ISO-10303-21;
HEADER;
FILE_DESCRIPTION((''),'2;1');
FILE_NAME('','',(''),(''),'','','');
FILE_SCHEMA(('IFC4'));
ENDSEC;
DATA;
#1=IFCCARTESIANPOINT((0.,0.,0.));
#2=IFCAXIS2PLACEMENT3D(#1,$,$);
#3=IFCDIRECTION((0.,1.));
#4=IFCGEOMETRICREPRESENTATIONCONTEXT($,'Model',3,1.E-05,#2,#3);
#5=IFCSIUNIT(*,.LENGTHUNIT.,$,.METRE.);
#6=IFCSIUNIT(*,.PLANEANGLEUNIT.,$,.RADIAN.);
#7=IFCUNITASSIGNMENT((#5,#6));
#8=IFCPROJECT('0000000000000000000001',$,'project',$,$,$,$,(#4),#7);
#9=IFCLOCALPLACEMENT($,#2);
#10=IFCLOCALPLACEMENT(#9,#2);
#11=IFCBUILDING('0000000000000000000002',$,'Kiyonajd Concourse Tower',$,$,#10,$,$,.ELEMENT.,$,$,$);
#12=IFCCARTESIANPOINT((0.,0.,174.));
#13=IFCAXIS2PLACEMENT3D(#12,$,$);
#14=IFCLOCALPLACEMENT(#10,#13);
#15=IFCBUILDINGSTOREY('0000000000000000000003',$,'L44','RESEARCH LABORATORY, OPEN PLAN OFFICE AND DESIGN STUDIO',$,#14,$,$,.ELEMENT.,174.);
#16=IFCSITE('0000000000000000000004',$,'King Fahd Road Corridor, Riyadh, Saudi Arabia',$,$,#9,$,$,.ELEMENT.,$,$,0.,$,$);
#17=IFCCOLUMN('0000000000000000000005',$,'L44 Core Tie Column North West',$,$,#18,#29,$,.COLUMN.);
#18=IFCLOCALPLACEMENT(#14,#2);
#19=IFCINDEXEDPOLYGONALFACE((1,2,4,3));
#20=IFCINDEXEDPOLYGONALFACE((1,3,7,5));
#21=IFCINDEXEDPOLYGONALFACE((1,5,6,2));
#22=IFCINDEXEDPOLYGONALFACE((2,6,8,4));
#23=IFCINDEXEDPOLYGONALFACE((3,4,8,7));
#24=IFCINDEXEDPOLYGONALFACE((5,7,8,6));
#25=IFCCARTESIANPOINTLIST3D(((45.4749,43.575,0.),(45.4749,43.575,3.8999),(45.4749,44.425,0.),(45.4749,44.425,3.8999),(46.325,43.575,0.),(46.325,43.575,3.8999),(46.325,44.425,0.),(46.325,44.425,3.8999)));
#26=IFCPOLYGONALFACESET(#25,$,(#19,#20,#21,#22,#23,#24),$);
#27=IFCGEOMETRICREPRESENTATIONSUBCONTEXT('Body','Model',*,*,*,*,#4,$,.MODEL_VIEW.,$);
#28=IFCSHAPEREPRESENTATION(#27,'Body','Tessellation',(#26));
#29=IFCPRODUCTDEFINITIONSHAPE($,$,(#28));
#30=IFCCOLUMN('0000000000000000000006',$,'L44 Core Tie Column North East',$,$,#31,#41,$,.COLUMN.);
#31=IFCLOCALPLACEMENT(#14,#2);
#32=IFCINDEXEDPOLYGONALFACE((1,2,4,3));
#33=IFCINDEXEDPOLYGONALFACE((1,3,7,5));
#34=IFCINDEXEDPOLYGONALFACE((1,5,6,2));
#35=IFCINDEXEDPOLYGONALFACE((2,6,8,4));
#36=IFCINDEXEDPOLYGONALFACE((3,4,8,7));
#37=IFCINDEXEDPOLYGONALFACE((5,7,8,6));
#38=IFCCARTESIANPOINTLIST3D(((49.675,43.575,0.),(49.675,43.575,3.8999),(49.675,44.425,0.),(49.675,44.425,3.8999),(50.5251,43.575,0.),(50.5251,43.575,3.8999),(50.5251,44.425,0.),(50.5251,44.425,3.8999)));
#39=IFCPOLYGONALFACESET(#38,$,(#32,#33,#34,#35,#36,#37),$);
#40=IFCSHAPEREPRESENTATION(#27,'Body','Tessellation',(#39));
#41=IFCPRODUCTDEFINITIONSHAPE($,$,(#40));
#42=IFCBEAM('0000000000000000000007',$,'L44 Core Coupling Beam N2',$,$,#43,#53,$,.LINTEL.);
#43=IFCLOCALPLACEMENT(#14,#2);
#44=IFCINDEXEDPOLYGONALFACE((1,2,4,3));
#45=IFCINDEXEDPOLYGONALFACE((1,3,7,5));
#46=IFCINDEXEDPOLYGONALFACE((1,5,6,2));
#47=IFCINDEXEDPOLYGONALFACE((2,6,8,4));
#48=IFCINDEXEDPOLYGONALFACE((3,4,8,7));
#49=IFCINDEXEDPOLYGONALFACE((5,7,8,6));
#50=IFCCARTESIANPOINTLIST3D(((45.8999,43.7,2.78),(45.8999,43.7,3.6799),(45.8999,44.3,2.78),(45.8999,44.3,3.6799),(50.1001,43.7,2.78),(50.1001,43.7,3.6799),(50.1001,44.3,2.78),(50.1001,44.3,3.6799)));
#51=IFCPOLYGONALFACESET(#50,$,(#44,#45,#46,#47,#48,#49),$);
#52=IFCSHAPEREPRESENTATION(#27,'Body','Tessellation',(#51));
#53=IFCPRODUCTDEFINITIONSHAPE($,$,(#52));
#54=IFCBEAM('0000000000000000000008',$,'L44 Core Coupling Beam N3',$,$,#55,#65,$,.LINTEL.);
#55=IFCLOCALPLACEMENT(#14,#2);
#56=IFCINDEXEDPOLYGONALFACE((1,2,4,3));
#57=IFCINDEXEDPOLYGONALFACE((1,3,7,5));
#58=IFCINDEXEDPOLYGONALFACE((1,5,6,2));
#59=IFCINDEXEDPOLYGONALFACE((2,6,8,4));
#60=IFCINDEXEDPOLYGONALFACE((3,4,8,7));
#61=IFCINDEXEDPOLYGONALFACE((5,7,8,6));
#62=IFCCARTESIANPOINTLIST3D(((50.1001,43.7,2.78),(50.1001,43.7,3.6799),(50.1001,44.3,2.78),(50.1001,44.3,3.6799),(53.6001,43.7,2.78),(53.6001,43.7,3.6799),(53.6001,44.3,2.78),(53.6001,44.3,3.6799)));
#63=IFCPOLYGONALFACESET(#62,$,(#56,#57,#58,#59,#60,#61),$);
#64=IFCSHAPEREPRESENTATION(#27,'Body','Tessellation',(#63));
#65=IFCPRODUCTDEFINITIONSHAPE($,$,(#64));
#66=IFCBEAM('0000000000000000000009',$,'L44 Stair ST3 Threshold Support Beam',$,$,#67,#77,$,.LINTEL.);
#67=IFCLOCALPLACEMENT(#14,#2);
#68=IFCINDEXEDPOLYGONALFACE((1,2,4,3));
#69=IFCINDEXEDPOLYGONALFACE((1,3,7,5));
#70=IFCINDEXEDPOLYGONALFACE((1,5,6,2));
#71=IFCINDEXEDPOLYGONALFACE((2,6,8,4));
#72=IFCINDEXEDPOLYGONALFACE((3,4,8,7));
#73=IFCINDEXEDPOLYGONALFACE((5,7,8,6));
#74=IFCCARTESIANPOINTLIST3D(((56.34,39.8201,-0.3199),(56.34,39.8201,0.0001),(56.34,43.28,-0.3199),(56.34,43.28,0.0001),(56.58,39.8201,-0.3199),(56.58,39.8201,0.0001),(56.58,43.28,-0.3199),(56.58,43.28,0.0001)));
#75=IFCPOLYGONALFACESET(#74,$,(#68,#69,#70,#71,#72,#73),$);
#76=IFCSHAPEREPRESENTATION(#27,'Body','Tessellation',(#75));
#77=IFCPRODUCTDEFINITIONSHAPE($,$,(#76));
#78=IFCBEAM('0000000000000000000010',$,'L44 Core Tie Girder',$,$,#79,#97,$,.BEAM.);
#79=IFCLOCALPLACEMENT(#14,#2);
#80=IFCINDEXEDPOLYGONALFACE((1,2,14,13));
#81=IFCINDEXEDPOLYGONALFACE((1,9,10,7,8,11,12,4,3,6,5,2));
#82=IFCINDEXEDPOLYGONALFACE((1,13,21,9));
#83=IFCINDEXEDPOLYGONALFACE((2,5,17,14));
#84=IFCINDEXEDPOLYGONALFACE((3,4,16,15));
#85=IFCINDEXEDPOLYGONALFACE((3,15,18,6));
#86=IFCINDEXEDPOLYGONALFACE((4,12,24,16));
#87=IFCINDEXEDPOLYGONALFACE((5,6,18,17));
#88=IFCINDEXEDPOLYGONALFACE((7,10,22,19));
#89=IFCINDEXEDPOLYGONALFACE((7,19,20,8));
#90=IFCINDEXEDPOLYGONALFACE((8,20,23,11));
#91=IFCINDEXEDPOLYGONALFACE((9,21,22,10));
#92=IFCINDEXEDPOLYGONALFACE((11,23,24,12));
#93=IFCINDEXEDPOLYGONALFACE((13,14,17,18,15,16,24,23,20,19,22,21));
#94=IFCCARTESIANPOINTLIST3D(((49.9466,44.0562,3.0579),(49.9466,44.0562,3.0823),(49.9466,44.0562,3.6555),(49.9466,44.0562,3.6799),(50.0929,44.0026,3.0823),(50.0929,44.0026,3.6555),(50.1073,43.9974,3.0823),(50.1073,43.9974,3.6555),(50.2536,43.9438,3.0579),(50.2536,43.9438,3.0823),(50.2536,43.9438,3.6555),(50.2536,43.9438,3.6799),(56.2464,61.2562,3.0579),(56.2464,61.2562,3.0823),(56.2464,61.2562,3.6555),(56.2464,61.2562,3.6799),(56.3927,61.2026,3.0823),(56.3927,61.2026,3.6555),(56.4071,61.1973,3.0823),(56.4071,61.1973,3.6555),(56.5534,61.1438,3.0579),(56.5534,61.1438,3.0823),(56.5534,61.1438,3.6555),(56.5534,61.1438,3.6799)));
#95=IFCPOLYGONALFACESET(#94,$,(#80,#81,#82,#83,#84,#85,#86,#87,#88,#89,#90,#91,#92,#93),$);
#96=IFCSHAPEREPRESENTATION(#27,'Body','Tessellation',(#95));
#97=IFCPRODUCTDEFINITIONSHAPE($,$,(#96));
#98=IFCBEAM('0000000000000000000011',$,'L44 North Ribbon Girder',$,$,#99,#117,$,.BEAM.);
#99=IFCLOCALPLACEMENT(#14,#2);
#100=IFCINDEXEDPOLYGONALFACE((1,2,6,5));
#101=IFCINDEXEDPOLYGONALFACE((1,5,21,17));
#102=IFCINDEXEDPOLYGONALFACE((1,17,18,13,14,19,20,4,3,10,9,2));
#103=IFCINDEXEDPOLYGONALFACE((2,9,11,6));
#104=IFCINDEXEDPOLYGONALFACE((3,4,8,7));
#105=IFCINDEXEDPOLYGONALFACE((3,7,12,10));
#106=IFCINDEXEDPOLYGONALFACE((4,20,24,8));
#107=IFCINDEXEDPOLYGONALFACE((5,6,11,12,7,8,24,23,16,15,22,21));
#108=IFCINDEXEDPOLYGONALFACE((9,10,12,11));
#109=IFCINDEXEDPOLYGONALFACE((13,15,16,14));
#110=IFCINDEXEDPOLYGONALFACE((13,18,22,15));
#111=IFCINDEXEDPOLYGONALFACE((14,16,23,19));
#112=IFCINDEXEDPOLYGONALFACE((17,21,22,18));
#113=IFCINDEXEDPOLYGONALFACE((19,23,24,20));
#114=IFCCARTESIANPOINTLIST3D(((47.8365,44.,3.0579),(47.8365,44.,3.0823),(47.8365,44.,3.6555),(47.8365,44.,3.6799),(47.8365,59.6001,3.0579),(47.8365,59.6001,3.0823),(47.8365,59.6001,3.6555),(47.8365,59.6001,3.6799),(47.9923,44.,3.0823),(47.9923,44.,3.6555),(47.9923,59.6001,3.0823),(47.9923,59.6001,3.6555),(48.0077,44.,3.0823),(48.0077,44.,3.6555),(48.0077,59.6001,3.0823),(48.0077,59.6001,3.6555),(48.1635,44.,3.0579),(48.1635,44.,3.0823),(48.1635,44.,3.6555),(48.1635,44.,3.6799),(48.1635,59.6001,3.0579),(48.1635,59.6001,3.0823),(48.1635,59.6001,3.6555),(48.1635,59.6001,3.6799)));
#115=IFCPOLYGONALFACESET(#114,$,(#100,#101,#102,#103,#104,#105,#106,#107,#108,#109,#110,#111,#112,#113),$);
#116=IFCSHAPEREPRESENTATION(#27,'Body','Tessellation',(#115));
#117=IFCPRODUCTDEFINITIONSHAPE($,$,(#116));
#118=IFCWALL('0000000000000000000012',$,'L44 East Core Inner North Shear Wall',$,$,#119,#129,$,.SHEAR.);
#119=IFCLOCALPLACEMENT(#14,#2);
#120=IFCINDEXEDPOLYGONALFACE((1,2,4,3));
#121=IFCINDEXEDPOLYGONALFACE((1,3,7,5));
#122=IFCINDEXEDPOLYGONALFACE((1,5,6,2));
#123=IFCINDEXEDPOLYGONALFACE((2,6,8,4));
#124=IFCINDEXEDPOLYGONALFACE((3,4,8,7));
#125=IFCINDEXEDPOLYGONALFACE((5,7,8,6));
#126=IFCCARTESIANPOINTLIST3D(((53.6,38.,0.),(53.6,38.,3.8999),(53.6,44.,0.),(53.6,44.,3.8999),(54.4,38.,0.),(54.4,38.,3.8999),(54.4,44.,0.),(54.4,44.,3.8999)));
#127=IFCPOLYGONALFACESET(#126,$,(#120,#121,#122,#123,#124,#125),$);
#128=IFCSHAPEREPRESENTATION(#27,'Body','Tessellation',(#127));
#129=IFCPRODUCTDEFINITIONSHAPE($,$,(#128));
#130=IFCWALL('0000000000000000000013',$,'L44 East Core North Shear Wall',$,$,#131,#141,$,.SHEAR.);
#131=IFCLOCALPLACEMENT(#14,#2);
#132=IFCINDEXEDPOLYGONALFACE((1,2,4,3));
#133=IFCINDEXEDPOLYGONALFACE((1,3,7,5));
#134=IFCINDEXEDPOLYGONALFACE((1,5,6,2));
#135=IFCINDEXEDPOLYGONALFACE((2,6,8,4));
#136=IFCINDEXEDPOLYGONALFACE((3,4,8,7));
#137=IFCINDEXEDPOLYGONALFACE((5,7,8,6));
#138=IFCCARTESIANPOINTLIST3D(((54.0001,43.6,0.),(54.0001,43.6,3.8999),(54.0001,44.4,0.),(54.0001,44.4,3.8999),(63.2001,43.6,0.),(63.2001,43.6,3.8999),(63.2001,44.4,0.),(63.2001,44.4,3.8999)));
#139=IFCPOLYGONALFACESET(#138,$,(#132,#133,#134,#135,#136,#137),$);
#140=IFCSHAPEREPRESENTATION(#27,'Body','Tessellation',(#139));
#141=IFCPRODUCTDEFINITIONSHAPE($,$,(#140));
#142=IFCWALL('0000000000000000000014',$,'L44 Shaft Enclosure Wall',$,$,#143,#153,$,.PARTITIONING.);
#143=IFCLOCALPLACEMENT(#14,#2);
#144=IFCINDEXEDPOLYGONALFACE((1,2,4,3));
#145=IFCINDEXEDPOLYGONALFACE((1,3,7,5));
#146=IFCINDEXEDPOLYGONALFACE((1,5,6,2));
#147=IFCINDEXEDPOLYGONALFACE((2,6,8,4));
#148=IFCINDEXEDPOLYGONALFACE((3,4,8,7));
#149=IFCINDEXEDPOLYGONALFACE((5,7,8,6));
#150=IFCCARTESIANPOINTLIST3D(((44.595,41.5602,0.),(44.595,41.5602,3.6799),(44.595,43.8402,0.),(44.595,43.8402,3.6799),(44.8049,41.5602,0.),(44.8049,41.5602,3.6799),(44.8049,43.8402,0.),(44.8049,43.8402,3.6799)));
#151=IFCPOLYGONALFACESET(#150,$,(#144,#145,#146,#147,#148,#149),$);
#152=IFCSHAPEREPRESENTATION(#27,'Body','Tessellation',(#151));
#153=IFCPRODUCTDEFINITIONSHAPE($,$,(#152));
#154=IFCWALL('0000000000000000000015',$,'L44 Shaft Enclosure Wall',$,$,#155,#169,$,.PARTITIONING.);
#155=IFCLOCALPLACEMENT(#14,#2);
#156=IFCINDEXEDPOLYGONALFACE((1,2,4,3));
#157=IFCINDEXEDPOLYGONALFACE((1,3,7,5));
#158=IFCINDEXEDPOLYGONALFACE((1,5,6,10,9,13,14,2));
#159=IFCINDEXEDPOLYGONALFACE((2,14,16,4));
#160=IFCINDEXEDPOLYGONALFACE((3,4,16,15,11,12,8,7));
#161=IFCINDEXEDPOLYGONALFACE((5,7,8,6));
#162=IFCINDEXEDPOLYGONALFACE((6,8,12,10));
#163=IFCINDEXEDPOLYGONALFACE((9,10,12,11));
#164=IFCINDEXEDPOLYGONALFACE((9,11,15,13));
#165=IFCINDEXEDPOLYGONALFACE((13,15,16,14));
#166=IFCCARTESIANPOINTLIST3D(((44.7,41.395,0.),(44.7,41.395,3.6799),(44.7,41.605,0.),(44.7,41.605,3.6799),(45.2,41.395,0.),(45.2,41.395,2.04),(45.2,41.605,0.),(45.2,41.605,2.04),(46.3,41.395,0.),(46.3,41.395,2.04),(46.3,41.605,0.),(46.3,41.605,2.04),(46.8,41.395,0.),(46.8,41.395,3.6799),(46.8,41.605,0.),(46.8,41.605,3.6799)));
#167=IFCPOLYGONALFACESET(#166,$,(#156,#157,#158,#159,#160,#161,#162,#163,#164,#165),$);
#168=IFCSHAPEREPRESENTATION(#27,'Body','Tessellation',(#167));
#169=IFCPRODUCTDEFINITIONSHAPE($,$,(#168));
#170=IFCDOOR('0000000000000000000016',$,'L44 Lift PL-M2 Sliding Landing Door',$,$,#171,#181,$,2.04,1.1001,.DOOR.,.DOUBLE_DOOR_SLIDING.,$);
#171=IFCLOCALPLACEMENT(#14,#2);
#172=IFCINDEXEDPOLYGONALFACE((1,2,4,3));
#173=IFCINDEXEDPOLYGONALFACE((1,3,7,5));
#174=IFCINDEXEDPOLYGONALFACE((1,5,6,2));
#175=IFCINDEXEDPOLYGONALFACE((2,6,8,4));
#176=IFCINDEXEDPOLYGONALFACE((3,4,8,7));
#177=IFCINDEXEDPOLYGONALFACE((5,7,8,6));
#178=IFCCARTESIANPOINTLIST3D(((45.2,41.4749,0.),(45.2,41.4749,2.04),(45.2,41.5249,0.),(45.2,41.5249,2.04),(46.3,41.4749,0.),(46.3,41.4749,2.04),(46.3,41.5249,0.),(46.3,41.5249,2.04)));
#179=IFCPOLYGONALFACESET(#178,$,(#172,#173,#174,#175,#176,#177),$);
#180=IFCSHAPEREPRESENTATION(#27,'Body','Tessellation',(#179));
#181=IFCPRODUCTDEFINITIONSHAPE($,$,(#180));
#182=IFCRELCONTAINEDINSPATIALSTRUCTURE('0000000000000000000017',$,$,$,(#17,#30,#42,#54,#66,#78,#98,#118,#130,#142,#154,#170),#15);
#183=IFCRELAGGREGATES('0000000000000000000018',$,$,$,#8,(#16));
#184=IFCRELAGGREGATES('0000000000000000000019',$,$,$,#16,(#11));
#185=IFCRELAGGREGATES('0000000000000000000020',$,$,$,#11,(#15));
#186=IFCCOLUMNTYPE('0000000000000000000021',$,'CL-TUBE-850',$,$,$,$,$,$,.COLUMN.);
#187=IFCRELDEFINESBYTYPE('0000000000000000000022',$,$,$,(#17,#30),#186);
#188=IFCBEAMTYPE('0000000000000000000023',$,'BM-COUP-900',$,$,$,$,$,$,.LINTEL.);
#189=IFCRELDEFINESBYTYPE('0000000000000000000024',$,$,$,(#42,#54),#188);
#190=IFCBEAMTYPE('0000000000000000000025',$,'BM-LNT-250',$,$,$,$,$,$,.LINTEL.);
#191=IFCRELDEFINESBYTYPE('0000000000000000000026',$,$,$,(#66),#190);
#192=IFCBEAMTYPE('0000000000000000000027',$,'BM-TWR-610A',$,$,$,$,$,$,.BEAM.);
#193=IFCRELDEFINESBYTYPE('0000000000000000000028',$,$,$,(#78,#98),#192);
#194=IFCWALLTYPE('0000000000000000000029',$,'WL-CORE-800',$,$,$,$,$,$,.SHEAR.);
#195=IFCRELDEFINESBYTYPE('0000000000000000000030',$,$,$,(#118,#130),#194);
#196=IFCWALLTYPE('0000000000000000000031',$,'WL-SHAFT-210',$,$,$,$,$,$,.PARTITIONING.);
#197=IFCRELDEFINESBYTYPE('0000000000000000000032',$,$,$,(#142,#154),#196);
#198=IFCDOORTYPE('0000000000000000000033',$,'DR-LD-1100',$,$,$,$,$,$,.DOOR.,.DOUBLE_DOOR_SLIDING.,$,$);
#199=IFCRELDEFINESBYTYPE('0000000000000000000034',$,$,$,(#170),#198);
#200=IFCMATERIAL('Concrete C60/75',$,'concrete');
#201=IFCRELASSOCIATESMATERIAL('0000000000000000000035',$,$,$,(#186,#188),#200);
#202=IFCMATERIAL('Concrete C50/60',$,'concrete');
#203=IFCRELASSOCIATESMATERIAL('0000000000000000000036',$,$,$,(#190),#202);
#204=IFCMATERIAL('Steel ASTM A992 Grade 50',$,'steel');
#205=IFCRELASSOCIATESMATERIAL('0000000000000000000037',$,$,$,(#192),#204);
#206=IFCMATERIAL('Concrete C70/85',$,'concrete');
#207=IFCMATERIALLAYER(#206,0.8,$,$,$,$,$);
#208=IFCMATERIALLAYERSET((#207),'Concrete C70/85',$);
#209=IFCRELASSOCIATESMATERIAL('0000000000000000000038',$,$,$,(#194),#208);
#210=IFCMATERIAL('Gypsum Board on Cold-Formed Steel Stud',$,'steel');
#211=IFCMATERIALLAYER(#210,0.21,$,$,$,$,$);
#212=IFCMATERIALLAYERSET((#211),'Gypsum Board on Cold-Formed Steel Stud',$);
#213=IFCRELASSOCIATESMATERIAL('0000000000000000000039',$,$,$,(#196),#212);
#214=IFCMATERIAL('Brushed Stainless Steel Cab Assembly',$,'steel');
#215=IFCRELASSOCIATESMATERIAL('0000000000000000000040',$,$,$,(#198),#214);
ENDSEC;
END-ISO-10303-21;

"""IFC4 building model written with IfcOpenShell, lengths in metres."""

from ifc_helpers import new_model, si_unit, direction, frame, frame_2d, origin, origin_2d, place, context, subcontext, project, spatial, rectangle, i_section, extrude, material, layer, layer_set, material_profile, profile_set, type_object, element, fill, save


model = new_model("IFC4")

# Units and contexts
model_context = context("Model", 3, precision=1e-05, world=origin(), true_north=direction((0.0, 1.0)))
body_context = subcontext(model_context, "Body", "Model", "MODEL_VIEW")
ifc_project = project(units=[si_unit("LENGTHUNIT", "METRE"), si_unit("PLANEANGLEUNIT", "RADIAN")], contexts=[model_context])

# Site, building, storey
site_placement = place(None, origin())
site = spatial("IfcSite", under=ifc_project, at=site_placement, Name="King Fahd Road Corridor, Riyadh, Saudi Arabia", CompositionType="ELEMENT", RefElevation=0.0)
building_placement = place(site_placement, origin())
building = spatial("IfcBuilding", under=site, at=building_placement, Name="Kiyonajd Concourse Tower", CompositionType="ELEMENT")
storey_placement = place(building_placement, frame((0.0, 0.0, 174.0)))
storey = spatial("IfcBuildingStorey", under=building, at=storey_placement, Name="L44", Description="RESEARCH LABORATORY, OPEN PLAN OFFICE AND DESIGN STUDIO", CompositionType="ELEMENT", Elevation=174.0)

# Columns
ifc_material_1 = material(Name="Concrete C60/75", Category="concrete")
ifc_material_profile_1 = material_profile(ifc_material_1, rectangle(XDim=0.8501, YDim=0.8501, at=origin_2d()), Name="RC-850x850")
ifc_profile_set_1 = profile_set([ifc_material_profile_1], Name="Concrete C60/75")
column_type = type_object("IfcColumnType", Name="CL-TUBE-850", PredefinedType="COLUMN", material=ifc_profile_set_1)
for number, where, z_axis, x_axis, name in (
    (1, (45.8999, 44.0, 0.0), (0.0, 0.0, 1.0), (1.0, 0.0, 0.0), "L44 Core Tie Column North West"),
    (2, (50.1001, 44.0, 0.0), (0.0, 0.0, 1.0), (1.0, 0.0, 0.0), "L44 Core Tie Column North East"),
):
    element("IfcColumn", number, at=place(storey_placement, frame(where, z_axis=z_axis, x_axis=x_axis)), inside=storey, type_object=column_type, Name=name, PredefinedType="COLUMN", context=body_context, shape_type="SweptSolid", body=[
        extrude(rectangle(XDim=0.8501, YDim=0.8501, at=origin_2d()), origin(), (0.0, 0.0, 1.0), 3.8999),
    ])

# Beams
ifc_material_profile_2 = material_profile(ifc_material_1, rectangle(XDim=0.6001, YDim=0.8999, at=origin_2d()), Name="RCBM-600x900")
ifc_profile_set_2 = profile_set([ifc_material_profile_2], Name="Concrete C60/75")
beam_type_1 = type_object("IfcBeamType", Name="BM-COUP-900", PredefinedType="LINTEL", material=ifc_profile_set_2)
beam_1_placement = place(storey_placement, frame((45.8999, 44.0, 3.23), z_axis=(1.0, 0.0, 0.0), x_axis=(0.0, 1.0, 0.0)))
element("IfcBeam", 3, at=beam_1_placement, inside=storey, type_object=beam_type_1, Name="L44 Core Coupling Beam N2", PredefinedType="LINTEL", context=body_context, shape_type="SweptSolid", body=[
    extrude(rectangle(XDim=0.6001, YDim=0.8999, at=origin_2d()), origin(), (0.0, 0.0, 1.0), 4.2002),
])
beam_2_placement = place(storey_placement, frame((50.1001, 44.0, 3.23), z_axis=(1.0, 0.0, 0.0), x_axis=(0.0, 1.0, 0.0)))
element("IfcBeam", 4, at=beam_2_placement, inside=storey, type_object=beam_type_1, Name="L44 Core Coupling Beam N3", PredefinedType="LINTEL", context=body_context, shape_type="SweptSolid", body=[
    extrude(rectangle(XDim=0.6001, YDim=0.8999, at=origin_2d()), origin(), (0.0, 0.0, 1.0), 3.5),
])
ifc_material_2 = material(Name="Concrete C50/60", Category="concrete")
ifc_material_profile_3 = material_profile(ifc_material_2, rectangle(XDim=0.24, YDim=0.3201, at=origin_2d()), Name="RCBM-240x320")
ifc_profile_set_3 = profile_set([ifc_material_profile_3], Name="Concrete C50/60")
beam_type_2 = type_object("IfcBeamType", Name="BM-LNT-250", PredefinedType="LINTEL", material=ifc_profile_set_3)
beam_3_placement = place(storey_placement, frame((56.46, 39.8201, -0.1599), z_axis=(0.0, 1.0, 0.0), x_axis=(-1.0, 0.0, 0.0)))
element("IfcBeam", 5, at=beam_3_placement, inside=storey, type_object=beam_type_2, Name="L44 Stair ST3 Threshold Support Beam", PredefinedType="LINTEL", context=body_context, shape_type="SweptSolid", body=[
    extrude(rectangle(XDim=0.24, YDim=0.3201, at=origin_2d()), origin(), (0.0, 0.0, 1.0), 3.46),
])
ifc_material_3 = material(Name="Steel ASTM A992 Grade 50", Category="steel")
ifc_material_profile_4 = material_profile(ifc_material_3, i_section(OverallWidth=0.3269, OverallDepth=0.6221, WebThickness=0.0154, FlangeThickness=0.0244, at=origin_2d()), Name="W610X195")
ifc_profile_set_4 = profile_set([ifc_material_profile_4], Name="Steel ASTM A992 Grade 50")
beam_type_3 = type_object("IfcBeamType", Name="BM-TWR-610A", PredefinedType="BEAM", material=ifc_profile_set_4)
beam_4_placement = place(storey_placement, frame((50.1001, 44.0, 3.3689), z_axis=(0.343925, 0.938997, 0.0), x_axis=(-0.938997, 0.343925, 0.0)))
element("IfcBeam", 6, at=beam_4_placement, inside=storey, type_object=beam_type_3, Name="L44 Core Tie Girder", PredefinedType="BEAM", context=body_context, shape_type="SweptSolid", body=[
    extrude(i_section(OverallWidth=0.3269, OverallDepth=0.6221, WebThickness=0.0154, FlangeThickness=0.0244, at=origin_2d()), origin(), (0.0, 0.0, 1.0), 18.3174),
])
beam_5_placement = place(storey_placement, frame((48.0, 44.0, 3.3689), z_axis=(0.0, 1.0, 0.0), x_axis=(-1.0, 0.0, 0.0)))
element("IfcBeam", 7, at=beam_5_placement, inside=storey, type_object=beam_type_3, Name="L44 North Ribbon Girder", PredefinedType="BEAM", context=body_context, shape_type="SweptSolid", body=[
    extrude(i_section(OverallWidth=0.3269, OverallDepth=0.6221, WebThickness=0.0154, FlangeThickness=0.0244, at=origin_2d()), origin(), (0.0, 0.0, 1.0), 15.6001),
])

# Walls
ifc_material_4 = material(Name="Concrete C70/85", Category="concrete")
ifc_layer_1 = layer(ifc_material_4, 0.8)
ifc_layer_set_1 = layer_set([ifc_layer_1], Name="Concrete C70/85")
wall_type_1 = type_object("IfcWallType", Name="WL-CORE-800", PredefinedType="SHEAR", material=ifc_layer_set_1)
wall_1_placement = place(storey_placement, frame((54.0, 38.0, 0.0), z_axis=(0.0, 0.0, 1.0), x_axis=(0.0, 1.0, 0.0)))
element("IfcWall", 8, at=wall_1_placement, inside=storey, type_object=wall_type_1, Name="L44 East Core Inner North Shear Wall", PredefinedType="SHEAR", context=body_context, shape_type="SweptSolid", body=[
    extrude(rectangle(XDim=6.0, YDim=0.8, at=frame_2d((3.0, 0.0))), origin(), (0.0, 0.0, 1.0), 3.8999),
])
wall_2_placement = place(storey_placement, frame((54.0, 44.0, 0.0), z_axis=(0.0, 0.0, 1.0), x_axis=(1.0, 0.0, 0.0)))
element("IfcWall", 9, at=wall_2_placement, inside=storey, type_object=wall_type_1, Name="L44 East Core North Shear Wall", PredefinedType="SHEAR", context=body_context, shape_type="SweptSolid", body=[
    extrude(rectangle(XDim=9.2, YDim=0.8, at=frame_2d((4.6001, 0.0))), origin(), (0.0, 0.0, 1.0), 3.8999),
])
ifc_material_5 = material(Name="Gypsum Board on Cold-Formed Steel Stud", Category="steel")
ifc_layer_2 = layer(ifc_material_5, 0.21)
ifc_layer_set_2 = layer_set([ifc_layer_2], Name="Gypsum Board on Cold-Formed Steel Stud")
wall_type_2 = type_object("IfcWallType", Name="WL-SHAFT-210", PredefinedType="PARTITIONING", material=ifc_layer_set_2)
wall_3_placement = place(storey_placement, frame((44.7, 41.5601, 0.0), z_axis=(0.0, 0.0, 1.0), x_axis=(0.0, 1.0, 0.0)))
element("IfcWall", 10, at=wall_3_placement, inside=storey, type_object=wall_type_2, Name="L44 Shaft Enclosure Wall", PredefinedType="PARTITIONING", context=body_context, shape_type="SweptSolid", body=[
    extrude(rectangle(XDim=2.28, YDim=0.21, at=frame_2d((1.1401, 0.0))), origin(), (0.0, 0.0, 1.0), 3.6799),
])

# Wall, opening, door
wall_4_placement = place(storey_placement, frame((44.7, 41.5, 0.0), z_axis=(0.0, 0.0, 1.0), x_axis=(1.0, 0.0, 0.0)))
wall_4 = element("IfcWall", 11, at=wall_4_placement, inside=storey, type_object=wall_type_2, Name="L44 Shaft Enclosure Wall", PredefinedType="PARTITIONING", context=body_context, shape_type="SweptSolid", body=[
    extrude(rectangle(XDim=2.1001, YDim=0.21, at=frame_2d((1.05, 0.0))), origin(), (0.0, 0.0, 1.0), 3.6799),
])
opening_1_placement = place(wall_4_placement, frame((0.5, 0.0, 0.0)))
opening_1 = element("IfcOpeningElement", 12, at=opening_1_placement, cuts=wall_4, PredefinedType="OPENING", context=body_context, shape_type="SweptSolid", body=[
    extrude(rectangle(XDim=1.1001, YDim=2.04, at=frame_2d((0.55, 1.02))), frame((0.0, 0.115, 0.0), z_axis=(0.0, -1.0, 0.0), x_axis=(1.0, 0.0, 0.0)), (0.0, 0.0, 1.0), 0.23),
])
ifc_material_6 = material(Name="Brushed Stainless Steel Cab Assembly", Category="steel")
door_type_1 = type_object("IfcDoorType", Name="DR-LD-1100", OperationType="DOUBLE_DOOR_SLIDING", PredefinedType="DOOR", material=ifc_material_6)
door_1_placement = place(opening_1_placement, origin())
door_1 = element("IfcDoor", 13, at=door_1_placement, inside=storey, type_object=door_type_1, Name="L44 Lift PL-M2 Sliding Landing Door", OperationType="DOUBLE_DOOR_SLIDING", OverallHeight=2.04, OverallWidth=1.1001, PredefinedType="DOOR", context=body_context, shape_type="SweptSolid", body=[
    extrude(rectangle(XDim=1.1001, YDim=2.04, at=frame_2d((0.55, 1.02))), frame((0.0, 0.0249, 0.0), z_axis=(0.0, -1.0, 0.0), x_axis=(1.0, 0.0, 0.0)), (0.0, 0.0, 1.0), 0.05),
])
fill(opening_1, door_1)

save(model, "model.ifc")
